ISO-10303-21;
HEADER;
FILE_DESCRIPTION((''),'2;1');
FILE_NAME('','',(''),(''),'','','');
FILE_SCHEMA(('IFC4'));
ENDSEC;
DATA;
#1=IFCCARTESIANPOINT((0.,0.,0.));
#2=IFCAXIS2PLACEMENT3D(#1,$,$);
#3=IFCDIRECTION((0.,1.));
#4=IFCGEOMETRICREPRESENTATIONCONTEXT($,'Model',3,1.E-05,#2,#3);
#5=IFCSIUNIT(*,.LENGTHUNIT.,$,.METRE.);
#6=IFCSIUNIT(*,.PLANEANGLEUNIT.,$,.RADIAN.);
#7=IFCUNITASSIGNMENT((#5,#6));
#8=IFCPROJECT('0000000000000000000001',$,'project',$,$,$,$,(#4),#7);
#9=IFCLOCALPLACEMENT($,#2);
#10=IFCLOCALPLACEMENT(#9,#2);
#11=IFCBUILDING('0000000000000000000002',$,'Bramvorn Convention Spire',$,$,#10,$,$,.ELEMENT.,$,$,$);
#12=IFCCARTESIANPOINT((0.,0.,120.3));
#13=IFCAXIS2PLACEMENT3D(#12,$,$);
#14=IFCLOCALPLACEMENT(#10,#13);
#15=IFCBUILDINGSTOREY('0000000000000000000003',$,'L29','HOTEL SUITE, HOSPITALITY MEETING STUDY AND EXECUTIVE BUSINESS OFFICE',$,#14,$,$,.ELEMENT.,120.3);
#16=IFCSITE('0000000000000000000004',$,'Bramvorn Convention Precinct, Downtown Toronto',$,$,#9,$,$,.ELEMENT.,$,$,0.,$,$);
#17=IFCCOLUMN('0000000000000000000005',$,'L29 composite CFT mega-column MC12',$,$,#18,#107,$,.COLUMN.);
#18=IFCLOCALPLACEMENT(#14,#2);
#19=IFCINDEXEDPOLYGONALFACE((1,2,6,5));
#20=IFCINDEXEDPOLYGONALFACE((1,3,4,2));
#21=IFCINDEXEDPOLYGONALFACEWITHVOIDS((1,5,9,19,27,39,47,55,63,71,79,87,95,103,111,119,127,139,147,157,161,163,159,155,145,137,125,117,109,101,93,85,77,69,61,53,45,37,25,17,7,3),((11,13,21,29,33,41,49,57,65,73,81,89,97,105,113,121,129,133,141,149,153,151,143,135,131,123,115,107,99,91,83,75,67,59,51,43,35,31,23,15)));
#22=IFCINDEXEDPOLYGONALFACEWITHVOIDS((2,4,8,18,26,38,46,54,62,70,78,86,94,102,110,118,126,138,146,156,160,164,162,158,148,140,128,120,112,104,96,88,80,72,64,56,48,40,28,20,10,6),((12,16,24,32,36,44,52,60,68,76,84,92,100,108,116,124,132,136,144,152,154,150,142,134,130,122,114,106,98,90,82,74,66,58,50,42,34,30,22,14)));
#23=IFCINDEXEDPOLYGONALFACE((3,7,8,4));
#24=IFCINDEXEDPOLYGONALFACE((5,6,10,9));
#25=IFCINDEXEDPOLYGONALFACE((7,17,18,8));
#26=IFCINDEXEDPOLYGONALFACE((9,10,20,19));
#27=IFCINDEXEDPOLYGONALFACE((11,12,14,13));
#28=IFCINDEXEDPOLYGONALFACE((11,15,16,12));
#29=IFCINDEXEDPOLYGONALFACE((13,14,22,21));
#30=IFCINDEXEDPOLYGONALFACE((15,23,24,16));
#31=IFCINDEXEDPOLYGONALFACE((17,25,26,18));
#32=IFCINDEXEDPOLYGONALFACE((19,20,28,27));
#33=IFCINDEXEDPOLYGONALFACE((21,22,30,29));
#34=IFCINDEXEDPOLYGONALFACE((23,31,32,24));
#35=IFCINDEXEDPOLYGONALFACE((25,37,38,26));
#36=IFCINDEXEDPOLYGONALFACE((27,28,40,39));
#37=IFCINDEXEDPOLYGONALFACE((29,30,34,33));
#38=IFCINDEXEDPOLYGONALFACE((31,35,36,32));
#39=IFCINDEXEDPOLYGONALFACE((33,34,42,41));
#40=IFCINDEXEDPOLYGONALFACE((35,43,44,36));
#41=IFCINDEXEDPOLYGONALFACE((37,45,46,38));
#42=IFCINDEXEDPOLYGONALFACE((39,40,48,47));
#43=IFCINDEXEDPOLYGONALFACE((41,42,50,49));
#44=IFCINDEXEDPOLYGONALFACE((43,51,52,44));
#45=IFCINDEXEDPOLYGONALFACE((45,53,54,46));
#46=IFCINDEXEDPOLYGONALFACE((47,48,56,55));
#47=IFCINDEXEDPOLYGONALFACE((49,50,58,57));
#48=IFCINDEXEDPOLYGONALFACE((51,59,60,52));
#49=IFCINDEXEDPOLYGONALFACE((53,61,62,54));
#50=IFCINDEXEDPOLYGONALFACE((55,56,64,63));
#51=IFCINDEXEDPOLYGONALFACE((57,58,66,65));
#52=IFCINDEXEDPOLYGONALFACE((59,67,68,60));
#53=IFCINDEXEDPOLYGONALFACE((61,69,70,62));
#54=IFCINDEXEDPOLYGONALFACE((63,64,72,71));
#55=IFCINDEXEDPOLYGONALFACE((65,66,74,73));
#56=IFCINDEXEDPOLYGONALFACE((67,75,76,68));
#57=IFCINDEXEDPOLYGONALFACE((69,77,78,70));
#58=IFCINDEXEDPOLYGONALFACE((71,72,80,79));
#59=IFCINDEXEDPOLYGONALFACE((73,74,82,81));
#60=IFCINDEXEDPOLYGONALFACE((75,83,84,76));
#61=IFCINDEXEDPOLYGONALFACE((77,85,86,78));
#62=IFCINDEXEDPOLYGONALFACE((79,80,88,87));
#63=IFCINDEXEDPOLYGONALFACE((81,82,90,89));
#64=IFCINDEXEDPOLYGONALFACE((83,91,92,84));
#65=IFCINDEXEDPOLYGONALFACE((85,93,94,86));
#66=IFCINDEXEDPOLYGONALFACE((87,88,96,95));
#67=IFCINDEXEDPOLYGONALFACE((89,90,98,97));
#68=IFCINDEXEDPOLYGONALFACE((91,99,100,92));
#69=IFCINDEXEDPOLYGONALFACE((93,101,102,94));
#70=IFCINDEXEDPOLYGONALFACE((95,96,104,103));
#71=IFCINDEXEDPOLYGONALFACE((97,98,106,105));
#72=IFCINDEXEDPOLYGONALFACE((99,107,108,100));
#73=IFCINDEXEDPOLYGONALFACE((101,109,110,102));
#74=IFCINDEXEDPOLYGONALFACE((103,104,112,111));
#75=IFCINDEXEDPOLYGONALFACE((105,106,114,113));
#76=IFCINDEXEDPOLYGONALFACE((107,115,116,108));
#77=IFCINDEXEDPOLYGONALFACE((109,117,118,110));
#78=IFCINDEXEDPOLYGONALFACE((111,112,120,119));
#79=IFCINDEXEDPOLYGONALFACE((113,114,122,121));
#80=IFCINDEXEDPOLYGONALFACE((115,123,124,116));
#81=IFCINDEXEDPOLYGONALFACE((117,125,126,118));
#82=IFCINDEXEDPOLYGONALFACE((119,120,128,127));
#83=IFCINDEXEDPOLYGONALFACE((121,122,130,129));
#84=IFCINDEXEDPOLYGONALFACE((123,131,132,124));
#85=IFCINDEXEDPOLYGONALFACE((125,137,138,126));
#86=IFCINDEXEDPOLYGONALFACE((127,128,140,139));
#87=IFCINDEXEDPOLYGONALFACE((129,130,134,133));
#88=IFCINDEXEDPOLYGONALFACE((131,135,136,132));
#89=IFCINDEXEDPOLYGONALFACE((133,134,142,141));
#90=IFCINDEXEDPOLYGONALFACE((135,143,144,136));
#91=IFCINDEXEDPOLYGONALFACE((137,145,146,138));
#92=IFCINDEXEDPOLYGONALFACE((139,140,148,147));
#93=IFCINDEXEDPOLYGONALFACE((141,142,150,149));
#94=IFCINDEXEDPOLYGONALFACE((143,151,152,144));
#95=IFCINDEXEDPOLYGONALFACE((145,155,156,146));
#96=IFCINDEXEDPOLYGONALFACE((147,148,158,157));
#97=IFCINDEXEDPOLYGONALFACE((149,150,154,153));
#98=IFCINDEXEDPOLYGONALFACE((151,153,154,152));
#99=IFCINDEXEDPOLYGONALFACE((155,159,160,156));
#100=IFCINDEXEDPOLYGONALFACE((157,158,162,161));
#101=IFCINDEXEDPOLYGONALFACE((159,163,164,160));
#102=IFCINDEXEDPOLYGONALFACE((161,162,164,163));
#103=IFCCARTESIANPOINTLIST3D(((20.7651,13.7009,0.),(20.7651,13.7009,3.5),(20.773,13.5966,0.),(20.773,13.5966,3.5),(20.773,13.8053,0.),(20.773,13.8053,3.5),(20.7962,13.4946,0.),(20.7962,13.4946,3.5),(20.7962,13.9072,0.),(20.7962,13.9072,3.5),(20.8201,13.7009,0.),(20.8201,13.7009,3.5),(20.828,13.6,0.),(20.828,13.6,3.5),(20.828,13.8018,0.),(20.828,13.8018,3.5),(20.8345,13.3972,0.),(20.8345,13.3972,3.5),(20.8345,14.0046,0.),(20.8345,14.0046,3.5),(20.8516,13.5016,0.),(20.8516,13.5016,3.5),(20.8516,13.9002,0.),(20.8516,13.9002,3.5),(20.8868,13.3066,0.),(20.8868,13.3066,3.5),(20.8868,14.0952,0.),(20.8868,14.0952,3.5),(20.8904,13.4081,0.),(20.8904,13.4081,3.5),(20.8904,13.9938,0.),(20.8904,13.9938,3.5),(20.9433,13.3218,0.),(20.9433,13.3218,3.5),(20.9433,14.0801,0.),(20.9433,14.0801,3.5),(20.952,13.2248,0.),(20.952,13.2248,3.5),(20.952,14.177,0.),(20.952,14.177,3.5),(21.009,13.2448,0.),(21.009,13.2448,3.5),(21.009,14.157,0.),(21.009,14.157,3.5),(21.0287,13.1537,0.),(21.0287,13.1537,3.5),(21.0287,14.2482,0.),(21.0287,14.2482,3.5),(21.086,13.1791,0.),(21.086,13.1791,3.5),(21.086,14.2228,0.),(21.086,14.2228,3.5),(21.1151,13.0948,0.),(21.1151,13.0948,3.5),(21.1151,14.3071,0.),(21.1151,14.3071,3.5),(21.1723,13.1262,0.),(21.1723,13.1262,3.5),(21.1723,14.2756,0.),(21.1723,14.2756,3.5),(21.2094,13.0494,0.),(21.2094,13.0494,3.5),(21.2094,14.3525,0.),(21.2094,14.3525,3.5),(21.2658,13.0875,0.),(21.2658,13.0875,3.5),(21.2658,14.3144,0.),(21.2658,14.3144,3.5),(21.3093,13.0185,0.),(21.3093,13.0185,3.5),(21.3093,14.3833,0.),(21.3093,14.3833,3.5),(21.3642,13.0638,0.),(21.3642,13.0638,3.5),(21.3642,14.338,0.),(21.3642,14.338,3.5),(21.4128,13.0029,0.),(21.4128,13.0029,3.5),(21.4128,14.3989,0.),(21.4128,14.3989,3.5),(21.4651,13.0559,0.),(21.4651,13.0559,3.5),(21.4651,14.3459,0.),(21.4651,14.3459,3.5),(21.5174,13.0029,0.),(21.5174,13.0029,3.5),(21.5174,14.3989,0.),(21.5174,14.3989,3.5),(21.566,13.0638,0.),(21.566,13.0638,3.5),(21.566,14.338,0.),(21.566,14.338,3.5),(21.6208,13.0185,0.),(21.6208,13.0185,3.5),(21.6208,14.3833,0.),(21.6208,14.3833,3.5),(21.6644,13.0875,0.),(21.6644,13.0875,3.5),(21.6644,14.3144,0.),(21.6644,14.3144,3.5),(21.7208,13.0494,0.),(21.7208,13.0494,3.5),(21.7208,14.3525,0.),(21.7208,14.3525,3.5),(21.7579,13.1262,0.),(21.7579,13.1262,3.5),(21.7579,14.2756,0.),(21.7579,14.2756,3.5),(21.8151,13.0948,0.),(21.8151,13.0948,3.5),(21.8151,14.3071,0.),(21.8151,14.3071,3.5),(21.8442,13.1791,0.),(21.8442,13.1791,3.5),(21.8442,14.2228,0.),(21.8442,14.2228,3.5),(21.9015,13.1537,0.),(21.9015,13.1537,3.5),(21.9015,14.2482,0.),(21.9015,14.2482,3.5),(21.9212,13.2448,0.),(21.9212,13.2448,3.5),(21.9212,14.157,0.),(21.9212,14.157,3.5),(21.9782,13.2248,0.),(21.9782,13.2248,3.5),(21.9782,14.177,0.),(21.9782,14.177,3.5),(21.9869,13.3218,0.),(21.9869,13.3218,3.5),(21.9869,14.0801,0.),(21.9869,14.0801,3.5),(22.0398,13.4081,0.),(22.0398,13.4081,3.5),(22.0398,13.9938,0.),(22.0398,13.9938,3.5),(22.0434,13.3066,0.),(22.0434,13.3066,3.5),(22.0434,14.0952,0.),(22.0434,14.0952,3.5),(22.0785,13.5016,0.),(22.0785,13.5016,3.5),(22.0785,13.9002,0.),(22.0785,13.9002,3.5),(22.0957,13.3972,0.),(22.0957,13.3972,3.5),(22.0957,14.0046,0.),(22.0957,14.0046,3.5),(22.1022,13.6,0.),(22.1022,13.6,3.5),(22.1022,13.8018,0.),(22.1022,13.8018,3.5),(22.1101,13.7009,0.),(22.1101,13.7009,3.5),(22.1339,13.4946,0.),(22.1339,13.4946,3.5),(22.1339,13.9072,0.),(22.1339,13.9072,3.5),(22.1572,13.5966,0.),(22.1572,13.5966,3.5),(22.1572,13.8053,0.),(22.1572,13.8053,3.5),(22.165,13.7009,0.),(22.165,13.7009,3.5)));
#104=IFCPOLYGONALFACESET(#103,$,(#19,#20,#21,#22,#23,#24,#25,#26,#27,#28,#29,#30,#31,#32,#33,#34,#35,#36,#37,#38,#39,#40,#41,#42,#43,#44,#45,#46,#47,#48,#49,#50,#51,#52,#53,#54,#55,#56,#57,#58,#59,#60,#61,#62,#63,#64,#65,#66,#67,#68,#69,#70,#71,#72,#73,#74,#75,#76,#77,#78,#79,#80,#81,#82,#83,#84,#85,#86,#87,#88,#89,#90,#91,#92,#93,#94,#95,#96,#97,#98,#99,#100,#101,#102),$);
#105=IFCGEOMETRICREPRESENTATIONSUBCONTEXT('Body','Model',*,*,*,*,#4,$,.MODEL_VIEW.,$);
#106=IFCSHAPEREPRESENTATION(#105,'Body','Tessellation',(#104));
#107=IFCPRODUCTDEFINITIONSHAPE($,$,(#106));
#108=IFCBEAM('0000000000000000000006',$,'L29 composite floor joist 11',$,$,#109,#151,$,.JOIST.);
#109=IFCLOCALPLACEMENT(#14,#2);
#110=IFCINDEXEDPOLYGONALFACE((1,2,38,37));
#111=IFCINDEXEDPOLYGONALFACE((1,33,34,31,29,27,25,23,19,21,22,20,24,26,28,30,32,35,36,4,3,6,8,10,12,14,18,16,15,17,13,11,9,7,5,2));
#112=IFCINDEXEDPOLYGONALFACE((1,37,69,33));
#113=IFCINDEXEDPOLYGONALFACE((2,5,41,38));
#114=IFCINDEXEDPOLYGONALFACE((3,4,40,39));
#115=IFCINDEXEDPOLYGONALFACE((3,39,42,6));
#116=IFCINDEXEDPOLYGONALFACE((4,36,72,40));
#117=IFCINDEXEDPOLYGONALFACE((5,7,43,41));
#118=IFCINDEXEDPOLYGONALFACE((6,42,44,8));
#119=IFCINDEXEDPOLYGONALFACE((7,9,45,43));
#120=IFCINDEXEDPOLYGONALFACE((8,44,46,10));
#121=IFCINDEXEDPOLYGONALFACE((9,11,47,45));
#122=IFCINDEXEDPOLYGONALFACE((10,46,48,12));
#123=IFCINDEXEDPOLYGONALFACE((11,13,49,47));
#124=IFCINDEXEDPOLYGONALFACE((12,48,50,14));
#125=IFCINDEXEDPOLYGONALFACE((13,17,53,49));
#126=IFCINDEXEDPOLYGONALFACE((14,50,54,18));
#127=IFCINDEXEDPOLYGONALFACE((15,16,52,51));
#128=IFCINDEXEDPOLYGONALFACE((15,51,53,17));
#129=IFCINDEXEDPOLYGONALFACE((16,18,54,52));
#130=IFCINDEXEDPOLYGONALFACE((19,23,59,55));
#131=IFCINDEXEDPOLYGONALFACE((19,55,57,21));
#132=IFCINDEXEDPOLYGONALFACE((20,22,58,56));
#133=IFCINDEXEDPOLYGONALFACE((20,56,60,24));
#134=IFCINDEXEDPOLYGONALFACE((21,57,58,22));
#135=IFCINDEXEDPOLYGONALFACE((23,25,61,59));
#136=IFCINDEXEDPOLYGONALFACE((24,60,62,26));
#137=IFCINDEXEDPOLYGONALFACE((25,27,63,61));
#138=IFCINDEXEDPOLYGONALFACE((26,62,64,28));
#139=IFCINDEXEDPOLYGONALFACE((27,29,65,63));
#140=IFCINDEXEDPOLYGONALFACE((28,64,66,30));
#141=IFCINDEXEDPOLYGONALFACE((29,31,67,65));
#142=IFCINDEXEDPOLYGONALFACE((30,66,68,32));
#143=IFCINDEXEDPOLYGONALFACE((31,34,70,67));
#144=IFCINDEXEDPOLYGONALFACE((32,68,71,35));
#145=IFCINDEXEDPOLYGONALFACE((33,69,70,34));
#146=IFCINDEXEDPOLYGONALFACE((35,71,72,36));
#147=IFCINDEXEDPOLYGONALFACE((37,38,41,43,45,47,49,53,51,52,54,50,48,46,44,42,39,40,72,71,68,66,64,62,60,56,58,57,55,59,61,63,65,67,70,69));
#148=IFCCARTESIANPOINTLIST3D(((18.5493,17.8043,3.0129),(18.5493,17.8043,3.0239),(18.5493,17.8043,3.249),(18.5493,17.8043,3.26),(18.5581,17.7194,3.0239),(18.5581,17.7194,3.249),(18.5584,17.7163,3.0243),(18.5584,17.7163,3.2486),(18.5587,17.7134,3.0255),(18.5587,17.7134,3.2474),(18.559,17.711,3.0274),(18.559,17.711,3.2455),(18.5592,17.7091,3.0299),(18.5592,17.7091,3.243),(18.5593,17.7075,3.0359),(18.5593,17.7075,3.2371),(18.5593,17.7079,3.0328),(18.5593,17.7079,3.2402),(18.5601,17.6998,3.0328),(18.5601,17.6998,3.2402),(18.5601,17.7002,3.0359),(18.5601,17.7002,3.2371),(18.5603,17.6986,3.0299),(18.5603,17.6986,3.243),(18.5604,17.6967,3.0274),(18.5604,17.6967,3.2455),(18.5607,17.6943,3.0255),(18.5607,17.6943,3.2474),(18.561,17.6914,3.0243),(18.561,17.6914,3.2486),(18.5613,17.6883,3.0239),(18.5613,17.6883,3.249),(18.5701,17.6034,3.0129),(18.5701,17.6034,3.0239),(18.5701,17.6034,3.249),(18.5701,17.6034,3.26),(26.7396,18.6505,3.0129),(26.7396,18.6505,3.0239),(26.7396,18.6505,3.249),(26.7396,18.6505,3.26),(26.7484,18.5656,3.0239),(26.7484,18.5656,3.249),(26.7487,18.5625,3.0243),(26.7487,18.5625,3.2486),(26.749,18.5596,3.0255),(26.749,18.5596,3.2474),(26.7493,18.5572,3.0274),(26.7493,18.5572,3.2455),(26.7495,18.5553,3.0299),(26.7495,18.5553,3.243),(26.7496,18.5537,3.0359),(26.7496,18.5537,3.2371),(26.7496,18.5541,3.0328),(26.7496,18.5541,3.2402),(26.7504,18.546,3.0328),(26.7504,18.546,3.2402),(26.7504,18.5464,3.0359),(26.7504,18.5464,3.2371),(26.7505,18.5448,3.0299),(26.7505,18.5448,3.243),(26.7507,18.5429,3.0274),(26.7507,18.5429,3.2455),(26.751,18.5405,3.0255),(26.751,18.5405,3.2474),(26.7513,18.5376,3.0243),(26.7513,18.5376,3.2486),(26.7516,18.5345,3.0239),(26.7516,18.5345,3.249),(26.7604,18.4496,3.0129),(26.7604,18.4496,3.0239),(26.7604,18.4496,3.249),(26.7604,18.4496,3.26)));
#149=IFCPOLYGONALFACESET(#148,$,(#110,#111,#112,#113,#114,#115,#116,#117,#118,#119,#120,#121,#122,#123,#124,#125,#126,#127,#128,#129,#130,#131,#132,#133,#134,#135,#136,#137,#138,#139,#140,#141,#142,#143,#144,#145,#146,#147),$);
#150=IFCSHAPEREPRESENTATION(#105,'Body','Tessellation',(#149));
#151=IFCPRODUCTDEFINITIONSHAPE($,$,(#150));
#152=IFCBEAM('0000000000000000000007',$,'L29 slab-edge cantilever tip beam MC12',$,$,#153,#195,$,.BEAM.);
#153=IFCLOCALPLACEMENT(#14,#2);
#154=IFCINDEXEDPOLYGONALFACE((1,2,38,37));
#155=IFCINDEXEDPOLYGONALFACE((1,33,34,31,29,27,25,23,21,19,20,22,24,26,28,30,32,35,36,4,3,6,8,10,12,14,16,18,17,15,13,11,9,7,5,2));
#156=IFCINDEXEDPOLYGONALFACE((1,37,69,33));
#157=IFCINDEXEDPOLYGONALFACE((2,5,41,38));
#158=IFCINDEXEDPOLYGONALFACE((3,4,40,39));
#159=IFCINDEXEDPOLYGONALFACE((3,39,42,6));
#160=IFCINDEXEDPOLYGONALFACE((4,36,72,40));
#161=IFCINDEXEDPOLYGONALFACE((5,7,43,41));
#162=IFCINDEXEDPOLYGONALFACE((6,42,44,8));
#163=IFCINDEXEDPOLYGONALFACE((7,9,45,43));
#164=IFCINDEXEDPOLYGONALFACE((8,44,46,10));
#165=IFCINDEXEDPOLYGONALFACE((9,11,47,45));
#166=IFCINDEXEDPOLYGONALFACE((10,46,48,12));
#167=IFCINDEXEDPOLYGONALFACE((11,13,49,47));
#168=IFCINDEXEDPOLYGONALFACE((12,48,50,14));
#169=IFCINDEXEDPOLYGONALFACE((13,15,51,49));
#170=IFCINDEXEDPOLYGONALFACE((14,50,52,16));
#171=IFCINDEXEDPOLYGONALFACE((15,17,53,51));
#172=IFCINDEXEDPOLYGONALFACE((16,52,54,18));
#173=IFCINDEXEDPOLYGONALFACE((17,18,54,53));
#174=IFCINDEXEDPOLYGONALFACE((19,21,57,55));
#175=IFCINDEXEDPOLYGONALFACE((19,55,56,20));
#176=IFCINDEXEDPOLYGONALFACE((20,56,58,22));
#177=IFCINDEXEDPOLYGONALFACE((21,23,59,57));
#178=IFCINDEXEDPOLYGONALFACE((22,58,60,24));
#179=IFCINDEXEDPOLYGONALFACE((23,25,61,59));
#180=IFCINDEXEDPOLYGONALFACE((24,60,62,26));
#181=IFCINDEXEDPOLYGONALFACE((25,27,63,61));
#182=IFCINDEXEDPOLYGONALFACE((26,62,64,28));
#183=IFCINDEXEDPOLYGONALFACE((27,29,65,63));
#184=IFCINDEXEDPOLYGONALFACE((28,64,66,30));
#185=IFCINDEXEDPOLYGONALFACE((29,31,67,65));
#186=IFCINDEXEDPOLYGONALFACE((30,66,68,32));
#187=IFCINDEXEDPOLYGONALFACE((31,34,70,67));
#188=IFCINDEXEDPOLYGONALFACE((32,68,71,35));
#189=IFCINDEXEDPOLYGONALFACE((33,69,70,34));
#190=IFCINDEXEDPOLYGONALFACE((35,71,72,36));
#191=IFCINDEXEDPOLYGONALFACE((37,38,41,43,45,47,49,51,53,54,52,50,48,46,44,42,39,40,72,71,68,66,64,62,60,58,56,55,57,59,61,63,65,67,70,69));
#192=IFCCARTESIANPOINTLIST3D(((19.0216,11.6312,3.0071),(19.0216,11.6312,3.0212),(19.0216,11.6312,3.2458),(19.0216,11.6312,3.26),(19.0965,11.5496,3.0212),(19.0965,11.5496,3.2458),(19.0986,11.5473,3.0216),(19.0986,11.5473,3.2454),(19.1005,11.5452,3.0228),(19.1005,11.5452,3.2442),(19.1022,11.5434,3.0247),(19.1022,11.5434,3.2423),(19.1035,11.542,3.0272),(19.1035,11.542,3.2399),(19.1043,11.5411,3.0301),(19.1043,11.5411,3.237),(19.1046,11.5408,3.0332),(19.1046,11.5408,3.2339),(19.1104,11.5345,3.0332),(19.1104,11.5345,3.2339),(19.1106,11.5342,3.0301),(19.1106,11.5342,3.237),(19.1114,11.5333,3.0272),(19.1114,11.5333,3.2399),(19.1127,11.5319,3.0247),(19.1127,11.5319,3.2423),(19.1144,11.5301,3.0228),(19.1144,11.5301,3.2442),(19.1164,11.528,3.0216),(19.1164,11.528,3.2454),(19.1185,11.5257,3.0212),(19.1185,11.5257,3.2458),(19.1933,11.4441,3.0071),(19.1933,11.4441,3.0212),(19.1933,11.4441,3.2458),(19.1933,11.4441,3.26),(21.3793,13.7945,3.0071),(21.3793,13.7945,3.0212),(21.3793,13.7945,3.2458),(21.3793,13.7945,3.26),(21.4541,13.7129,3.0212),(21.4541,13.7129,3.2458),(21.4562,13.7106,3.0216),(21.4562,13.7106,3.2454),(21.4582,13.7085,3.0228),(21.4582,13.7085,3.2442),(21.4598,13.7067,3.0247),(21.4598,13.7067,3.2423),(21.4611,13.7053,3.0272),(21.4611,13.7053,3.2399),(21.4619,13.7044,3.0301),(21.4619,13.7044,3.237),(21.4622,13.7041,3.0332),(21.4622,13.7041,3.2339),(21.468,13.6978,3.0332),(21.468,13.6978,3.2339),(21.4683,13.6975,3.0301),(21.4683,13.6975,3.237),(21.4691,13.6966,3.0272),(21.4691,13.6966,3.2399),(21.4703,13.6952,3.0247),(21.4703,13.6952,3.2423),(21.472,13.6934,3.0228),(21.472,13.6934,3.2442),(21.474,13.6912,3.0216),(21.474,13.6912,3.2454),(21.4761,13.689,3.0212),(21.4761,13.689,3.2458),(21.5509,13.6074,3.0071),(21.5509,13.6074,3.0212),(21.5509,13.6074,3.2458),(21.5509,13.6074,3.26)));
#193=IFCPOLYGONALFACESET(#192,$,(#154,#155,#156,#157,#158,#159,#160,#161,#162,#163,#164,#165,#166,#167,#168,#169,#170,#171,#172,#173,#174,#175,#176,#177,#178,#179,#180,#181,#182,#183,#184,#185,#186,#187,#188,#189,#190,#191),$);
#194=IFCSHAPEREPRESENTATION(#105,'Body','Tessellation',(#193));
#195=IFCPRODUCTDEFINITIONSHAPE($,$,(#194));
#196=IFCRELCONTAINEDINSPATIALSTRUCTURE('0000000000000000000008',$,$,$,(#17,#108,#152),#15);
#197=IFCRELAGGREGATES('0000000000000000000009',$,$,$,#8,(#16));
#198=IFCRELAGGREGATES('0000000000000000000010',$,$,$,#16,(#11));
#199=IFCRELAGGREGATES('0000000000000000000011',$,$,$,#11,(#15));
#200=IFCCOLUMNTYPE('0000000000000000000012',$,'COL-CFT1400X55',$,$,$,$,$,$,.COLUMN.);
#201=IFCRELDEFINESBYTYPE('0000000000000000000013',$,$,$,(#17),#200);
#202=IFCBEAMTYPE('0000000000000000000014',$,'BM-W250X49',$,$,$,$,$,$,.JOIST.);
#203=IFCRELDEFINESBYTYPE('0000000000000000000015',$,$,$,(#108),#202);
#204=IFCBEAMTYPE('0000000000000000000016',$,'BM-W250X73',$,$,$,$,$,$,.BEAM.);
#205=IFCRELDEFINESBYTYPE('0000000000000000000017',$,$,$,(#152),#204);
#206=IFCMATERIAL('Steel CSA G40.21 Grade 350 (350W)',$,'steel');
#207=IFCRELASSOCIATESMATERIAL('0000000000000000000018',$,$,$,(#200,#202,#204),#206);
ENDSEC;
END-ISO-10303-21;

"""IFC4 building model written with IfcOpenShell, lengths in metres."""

from ifc_helpers import new_model, si_unit, direction, frame, origin, origin_2d, place, context, subcontext, project, spatial, hollow_circle, i_section, extrude, material, material_profile, profile_set, type_object, element, save


model = new_model("IFC4")

# Units and contexts
model_context = context("Model", 3, precision=1e-05, world=origin(), true_north=direction((0.0, 1.0)))
body_context = subcontext(model_context, "Body", "Model", "MODEL_VIEW")
ifc_project = project(units=[si_unit("LENGTHUNIT", "METRE"), si_unit("PLANEANGLEUNIT", "RADIAN")], contexts=[model_context])

# Site, building, storey
site_placement = place(None, origin())
site = spatial("IfcSite", under=ifc_project, at=site_placement, Name="Bramvorn Convention Precinct, Downtown Toronto", CompositionType="ELEMENT", RefElevation=0.0)
building_placement = place(site_placement, origin())
building = spatial("IfcBuilding", under=site, at=building_placement, Name="Bramvorn Convention Spire", CompositionType="ELEMENT")
storey_placement = place(building_placement, frame((0.0, 0.0, 120.3)))
storey = spatial("IfcBuildingStorey", under=building, at=storey_placement, Name="L29", Description="HOTEL SUITE, HOSPITALITY MEETING STUDY AND EXECUTIVE BUSINESS OFFICE", CompositionType="ELEMENT", Elevation=120.3)

# Column
ifc_material_1 = material(Name="Steel CSA G40.21 Grade 350 (350W)", Category="steel")
ifc_material_profile_1 = material_profile(ifc_material_1, hollow_circle(Radius=0.7, WallThickness=0.0549, at=origin_2d()))
ifc_profile_set_1 = profile_set([ifc_material_profile_1], Name="Steel CSA G40.21 Grade 350 (350W) - CFT1400X55")
column_type = type_object("IfcColumnType", Name="COL-CFT1400X55", PredefinedType="COLUMN", material=ifc_profile_set_1)
column_placement = place(storey_placement, frame((21.4651, 13.7009, 0.0), z_axis=(0.0, 0.0, 1.0), x_axis=(1.0, 0.0, 0.0)))
element("IfcColumn", 1, at=column_placement, inside=storey, type_object=column_type, Name="L29 composite CFT mega-column MC12", PredefinedType="COLUMN", context=body_context, shape_type="SweptSolid", body=[
    extrude(hollow_circle(Radius=0.7, WallThickness=0.0549, at=origin_2d()), origin(), (0.0, 0.0, 1.0), 3.5),
])

# Beams
ifc_material_profile_2 = material_profile(ifc_material_1, i_section(OverallWidth=0.2019, OverallDepth=0.2471, WebThickness=0.0073, FlangeThickness=0.011, FilletRadius=0.012, at=origin_2d()))
ifc_profile_set_2 = profile_set([ifc_material_profile_2], Name="Steel CSA G40.21 Grade 350 (350W) - W250X49")
beam_type_1 = type_object("IfcBeamType", Name="BM-W250X49", PredefinedType="JOIST", material=ifc_profile_set_2)
beam_1_placement = place(storey_placement, frame((26.75, 18.55, 3.1365), z_axis=(-0.994705, -0.102771, 0.0), x_axis=(0.102771, -0.994705, 0.0)))
element("IfcBeam", 2, at=beam_1_placement, inside=storey, type_object=beam_type_1, Name="L29 composite floor joist 11", PredefinedType="JOIST", context=body_context, shape_type="SweptSolid", body=[
    extrude(i_section(OverallWidth=0.2019, OverallDepth=0.2471, WebThickness=0.0073, FlangeThickness=0.011, FilletRadius=0.012, at=origin_2d()), origin(), (0.0, 0.0, 1.0), 8.2339),
])
ifc_material_profile_3 = material_profile(ifc_material_1, i_section(OverallWidth=0.2539, OverallDepth=0.2529, WebThickness=0.0085, FlangeThickness=0.0142, FilletRadius=0.012, at=origin_2d()))
ifc_profile_set_3 = profile_set([ifc_material_profile_3], Name="Steel CSA G40.21 Grade 350 (350W) - W250X73")
beam_type_2 = type_object("IfcBeamType", Name="BM-W250X73", PredefinedType="BEAM", material=ifc_profile_set_3)
beam_2_placement = place(storey_placement, frame((21.4651, 13.7009, 3.1335), z_axis=(-0.736822, -0.676087, 0.0), x_axis=(0.676087, -0.736822, 0.0)))
element("IfcBeam", 3, at=beam_2_placement, inside=storey, type_object=beam_type_2, Name="L29 slab-edge cantilever tip beam MC12", PredefinedType="BEAM", context=body_context, shape_type="SweptSolid", body=[
    extrude(i_section(OverallWidth=0.2539, OverallDepth=0.2529, WebThickness=0.0085, FlangeThickness=0.0142, FilletRadius=0.012, at=origin_2d()), origin(), (0.0, 0.0, 1.0), 3.1997),
])

save(model, "model.ifc")
